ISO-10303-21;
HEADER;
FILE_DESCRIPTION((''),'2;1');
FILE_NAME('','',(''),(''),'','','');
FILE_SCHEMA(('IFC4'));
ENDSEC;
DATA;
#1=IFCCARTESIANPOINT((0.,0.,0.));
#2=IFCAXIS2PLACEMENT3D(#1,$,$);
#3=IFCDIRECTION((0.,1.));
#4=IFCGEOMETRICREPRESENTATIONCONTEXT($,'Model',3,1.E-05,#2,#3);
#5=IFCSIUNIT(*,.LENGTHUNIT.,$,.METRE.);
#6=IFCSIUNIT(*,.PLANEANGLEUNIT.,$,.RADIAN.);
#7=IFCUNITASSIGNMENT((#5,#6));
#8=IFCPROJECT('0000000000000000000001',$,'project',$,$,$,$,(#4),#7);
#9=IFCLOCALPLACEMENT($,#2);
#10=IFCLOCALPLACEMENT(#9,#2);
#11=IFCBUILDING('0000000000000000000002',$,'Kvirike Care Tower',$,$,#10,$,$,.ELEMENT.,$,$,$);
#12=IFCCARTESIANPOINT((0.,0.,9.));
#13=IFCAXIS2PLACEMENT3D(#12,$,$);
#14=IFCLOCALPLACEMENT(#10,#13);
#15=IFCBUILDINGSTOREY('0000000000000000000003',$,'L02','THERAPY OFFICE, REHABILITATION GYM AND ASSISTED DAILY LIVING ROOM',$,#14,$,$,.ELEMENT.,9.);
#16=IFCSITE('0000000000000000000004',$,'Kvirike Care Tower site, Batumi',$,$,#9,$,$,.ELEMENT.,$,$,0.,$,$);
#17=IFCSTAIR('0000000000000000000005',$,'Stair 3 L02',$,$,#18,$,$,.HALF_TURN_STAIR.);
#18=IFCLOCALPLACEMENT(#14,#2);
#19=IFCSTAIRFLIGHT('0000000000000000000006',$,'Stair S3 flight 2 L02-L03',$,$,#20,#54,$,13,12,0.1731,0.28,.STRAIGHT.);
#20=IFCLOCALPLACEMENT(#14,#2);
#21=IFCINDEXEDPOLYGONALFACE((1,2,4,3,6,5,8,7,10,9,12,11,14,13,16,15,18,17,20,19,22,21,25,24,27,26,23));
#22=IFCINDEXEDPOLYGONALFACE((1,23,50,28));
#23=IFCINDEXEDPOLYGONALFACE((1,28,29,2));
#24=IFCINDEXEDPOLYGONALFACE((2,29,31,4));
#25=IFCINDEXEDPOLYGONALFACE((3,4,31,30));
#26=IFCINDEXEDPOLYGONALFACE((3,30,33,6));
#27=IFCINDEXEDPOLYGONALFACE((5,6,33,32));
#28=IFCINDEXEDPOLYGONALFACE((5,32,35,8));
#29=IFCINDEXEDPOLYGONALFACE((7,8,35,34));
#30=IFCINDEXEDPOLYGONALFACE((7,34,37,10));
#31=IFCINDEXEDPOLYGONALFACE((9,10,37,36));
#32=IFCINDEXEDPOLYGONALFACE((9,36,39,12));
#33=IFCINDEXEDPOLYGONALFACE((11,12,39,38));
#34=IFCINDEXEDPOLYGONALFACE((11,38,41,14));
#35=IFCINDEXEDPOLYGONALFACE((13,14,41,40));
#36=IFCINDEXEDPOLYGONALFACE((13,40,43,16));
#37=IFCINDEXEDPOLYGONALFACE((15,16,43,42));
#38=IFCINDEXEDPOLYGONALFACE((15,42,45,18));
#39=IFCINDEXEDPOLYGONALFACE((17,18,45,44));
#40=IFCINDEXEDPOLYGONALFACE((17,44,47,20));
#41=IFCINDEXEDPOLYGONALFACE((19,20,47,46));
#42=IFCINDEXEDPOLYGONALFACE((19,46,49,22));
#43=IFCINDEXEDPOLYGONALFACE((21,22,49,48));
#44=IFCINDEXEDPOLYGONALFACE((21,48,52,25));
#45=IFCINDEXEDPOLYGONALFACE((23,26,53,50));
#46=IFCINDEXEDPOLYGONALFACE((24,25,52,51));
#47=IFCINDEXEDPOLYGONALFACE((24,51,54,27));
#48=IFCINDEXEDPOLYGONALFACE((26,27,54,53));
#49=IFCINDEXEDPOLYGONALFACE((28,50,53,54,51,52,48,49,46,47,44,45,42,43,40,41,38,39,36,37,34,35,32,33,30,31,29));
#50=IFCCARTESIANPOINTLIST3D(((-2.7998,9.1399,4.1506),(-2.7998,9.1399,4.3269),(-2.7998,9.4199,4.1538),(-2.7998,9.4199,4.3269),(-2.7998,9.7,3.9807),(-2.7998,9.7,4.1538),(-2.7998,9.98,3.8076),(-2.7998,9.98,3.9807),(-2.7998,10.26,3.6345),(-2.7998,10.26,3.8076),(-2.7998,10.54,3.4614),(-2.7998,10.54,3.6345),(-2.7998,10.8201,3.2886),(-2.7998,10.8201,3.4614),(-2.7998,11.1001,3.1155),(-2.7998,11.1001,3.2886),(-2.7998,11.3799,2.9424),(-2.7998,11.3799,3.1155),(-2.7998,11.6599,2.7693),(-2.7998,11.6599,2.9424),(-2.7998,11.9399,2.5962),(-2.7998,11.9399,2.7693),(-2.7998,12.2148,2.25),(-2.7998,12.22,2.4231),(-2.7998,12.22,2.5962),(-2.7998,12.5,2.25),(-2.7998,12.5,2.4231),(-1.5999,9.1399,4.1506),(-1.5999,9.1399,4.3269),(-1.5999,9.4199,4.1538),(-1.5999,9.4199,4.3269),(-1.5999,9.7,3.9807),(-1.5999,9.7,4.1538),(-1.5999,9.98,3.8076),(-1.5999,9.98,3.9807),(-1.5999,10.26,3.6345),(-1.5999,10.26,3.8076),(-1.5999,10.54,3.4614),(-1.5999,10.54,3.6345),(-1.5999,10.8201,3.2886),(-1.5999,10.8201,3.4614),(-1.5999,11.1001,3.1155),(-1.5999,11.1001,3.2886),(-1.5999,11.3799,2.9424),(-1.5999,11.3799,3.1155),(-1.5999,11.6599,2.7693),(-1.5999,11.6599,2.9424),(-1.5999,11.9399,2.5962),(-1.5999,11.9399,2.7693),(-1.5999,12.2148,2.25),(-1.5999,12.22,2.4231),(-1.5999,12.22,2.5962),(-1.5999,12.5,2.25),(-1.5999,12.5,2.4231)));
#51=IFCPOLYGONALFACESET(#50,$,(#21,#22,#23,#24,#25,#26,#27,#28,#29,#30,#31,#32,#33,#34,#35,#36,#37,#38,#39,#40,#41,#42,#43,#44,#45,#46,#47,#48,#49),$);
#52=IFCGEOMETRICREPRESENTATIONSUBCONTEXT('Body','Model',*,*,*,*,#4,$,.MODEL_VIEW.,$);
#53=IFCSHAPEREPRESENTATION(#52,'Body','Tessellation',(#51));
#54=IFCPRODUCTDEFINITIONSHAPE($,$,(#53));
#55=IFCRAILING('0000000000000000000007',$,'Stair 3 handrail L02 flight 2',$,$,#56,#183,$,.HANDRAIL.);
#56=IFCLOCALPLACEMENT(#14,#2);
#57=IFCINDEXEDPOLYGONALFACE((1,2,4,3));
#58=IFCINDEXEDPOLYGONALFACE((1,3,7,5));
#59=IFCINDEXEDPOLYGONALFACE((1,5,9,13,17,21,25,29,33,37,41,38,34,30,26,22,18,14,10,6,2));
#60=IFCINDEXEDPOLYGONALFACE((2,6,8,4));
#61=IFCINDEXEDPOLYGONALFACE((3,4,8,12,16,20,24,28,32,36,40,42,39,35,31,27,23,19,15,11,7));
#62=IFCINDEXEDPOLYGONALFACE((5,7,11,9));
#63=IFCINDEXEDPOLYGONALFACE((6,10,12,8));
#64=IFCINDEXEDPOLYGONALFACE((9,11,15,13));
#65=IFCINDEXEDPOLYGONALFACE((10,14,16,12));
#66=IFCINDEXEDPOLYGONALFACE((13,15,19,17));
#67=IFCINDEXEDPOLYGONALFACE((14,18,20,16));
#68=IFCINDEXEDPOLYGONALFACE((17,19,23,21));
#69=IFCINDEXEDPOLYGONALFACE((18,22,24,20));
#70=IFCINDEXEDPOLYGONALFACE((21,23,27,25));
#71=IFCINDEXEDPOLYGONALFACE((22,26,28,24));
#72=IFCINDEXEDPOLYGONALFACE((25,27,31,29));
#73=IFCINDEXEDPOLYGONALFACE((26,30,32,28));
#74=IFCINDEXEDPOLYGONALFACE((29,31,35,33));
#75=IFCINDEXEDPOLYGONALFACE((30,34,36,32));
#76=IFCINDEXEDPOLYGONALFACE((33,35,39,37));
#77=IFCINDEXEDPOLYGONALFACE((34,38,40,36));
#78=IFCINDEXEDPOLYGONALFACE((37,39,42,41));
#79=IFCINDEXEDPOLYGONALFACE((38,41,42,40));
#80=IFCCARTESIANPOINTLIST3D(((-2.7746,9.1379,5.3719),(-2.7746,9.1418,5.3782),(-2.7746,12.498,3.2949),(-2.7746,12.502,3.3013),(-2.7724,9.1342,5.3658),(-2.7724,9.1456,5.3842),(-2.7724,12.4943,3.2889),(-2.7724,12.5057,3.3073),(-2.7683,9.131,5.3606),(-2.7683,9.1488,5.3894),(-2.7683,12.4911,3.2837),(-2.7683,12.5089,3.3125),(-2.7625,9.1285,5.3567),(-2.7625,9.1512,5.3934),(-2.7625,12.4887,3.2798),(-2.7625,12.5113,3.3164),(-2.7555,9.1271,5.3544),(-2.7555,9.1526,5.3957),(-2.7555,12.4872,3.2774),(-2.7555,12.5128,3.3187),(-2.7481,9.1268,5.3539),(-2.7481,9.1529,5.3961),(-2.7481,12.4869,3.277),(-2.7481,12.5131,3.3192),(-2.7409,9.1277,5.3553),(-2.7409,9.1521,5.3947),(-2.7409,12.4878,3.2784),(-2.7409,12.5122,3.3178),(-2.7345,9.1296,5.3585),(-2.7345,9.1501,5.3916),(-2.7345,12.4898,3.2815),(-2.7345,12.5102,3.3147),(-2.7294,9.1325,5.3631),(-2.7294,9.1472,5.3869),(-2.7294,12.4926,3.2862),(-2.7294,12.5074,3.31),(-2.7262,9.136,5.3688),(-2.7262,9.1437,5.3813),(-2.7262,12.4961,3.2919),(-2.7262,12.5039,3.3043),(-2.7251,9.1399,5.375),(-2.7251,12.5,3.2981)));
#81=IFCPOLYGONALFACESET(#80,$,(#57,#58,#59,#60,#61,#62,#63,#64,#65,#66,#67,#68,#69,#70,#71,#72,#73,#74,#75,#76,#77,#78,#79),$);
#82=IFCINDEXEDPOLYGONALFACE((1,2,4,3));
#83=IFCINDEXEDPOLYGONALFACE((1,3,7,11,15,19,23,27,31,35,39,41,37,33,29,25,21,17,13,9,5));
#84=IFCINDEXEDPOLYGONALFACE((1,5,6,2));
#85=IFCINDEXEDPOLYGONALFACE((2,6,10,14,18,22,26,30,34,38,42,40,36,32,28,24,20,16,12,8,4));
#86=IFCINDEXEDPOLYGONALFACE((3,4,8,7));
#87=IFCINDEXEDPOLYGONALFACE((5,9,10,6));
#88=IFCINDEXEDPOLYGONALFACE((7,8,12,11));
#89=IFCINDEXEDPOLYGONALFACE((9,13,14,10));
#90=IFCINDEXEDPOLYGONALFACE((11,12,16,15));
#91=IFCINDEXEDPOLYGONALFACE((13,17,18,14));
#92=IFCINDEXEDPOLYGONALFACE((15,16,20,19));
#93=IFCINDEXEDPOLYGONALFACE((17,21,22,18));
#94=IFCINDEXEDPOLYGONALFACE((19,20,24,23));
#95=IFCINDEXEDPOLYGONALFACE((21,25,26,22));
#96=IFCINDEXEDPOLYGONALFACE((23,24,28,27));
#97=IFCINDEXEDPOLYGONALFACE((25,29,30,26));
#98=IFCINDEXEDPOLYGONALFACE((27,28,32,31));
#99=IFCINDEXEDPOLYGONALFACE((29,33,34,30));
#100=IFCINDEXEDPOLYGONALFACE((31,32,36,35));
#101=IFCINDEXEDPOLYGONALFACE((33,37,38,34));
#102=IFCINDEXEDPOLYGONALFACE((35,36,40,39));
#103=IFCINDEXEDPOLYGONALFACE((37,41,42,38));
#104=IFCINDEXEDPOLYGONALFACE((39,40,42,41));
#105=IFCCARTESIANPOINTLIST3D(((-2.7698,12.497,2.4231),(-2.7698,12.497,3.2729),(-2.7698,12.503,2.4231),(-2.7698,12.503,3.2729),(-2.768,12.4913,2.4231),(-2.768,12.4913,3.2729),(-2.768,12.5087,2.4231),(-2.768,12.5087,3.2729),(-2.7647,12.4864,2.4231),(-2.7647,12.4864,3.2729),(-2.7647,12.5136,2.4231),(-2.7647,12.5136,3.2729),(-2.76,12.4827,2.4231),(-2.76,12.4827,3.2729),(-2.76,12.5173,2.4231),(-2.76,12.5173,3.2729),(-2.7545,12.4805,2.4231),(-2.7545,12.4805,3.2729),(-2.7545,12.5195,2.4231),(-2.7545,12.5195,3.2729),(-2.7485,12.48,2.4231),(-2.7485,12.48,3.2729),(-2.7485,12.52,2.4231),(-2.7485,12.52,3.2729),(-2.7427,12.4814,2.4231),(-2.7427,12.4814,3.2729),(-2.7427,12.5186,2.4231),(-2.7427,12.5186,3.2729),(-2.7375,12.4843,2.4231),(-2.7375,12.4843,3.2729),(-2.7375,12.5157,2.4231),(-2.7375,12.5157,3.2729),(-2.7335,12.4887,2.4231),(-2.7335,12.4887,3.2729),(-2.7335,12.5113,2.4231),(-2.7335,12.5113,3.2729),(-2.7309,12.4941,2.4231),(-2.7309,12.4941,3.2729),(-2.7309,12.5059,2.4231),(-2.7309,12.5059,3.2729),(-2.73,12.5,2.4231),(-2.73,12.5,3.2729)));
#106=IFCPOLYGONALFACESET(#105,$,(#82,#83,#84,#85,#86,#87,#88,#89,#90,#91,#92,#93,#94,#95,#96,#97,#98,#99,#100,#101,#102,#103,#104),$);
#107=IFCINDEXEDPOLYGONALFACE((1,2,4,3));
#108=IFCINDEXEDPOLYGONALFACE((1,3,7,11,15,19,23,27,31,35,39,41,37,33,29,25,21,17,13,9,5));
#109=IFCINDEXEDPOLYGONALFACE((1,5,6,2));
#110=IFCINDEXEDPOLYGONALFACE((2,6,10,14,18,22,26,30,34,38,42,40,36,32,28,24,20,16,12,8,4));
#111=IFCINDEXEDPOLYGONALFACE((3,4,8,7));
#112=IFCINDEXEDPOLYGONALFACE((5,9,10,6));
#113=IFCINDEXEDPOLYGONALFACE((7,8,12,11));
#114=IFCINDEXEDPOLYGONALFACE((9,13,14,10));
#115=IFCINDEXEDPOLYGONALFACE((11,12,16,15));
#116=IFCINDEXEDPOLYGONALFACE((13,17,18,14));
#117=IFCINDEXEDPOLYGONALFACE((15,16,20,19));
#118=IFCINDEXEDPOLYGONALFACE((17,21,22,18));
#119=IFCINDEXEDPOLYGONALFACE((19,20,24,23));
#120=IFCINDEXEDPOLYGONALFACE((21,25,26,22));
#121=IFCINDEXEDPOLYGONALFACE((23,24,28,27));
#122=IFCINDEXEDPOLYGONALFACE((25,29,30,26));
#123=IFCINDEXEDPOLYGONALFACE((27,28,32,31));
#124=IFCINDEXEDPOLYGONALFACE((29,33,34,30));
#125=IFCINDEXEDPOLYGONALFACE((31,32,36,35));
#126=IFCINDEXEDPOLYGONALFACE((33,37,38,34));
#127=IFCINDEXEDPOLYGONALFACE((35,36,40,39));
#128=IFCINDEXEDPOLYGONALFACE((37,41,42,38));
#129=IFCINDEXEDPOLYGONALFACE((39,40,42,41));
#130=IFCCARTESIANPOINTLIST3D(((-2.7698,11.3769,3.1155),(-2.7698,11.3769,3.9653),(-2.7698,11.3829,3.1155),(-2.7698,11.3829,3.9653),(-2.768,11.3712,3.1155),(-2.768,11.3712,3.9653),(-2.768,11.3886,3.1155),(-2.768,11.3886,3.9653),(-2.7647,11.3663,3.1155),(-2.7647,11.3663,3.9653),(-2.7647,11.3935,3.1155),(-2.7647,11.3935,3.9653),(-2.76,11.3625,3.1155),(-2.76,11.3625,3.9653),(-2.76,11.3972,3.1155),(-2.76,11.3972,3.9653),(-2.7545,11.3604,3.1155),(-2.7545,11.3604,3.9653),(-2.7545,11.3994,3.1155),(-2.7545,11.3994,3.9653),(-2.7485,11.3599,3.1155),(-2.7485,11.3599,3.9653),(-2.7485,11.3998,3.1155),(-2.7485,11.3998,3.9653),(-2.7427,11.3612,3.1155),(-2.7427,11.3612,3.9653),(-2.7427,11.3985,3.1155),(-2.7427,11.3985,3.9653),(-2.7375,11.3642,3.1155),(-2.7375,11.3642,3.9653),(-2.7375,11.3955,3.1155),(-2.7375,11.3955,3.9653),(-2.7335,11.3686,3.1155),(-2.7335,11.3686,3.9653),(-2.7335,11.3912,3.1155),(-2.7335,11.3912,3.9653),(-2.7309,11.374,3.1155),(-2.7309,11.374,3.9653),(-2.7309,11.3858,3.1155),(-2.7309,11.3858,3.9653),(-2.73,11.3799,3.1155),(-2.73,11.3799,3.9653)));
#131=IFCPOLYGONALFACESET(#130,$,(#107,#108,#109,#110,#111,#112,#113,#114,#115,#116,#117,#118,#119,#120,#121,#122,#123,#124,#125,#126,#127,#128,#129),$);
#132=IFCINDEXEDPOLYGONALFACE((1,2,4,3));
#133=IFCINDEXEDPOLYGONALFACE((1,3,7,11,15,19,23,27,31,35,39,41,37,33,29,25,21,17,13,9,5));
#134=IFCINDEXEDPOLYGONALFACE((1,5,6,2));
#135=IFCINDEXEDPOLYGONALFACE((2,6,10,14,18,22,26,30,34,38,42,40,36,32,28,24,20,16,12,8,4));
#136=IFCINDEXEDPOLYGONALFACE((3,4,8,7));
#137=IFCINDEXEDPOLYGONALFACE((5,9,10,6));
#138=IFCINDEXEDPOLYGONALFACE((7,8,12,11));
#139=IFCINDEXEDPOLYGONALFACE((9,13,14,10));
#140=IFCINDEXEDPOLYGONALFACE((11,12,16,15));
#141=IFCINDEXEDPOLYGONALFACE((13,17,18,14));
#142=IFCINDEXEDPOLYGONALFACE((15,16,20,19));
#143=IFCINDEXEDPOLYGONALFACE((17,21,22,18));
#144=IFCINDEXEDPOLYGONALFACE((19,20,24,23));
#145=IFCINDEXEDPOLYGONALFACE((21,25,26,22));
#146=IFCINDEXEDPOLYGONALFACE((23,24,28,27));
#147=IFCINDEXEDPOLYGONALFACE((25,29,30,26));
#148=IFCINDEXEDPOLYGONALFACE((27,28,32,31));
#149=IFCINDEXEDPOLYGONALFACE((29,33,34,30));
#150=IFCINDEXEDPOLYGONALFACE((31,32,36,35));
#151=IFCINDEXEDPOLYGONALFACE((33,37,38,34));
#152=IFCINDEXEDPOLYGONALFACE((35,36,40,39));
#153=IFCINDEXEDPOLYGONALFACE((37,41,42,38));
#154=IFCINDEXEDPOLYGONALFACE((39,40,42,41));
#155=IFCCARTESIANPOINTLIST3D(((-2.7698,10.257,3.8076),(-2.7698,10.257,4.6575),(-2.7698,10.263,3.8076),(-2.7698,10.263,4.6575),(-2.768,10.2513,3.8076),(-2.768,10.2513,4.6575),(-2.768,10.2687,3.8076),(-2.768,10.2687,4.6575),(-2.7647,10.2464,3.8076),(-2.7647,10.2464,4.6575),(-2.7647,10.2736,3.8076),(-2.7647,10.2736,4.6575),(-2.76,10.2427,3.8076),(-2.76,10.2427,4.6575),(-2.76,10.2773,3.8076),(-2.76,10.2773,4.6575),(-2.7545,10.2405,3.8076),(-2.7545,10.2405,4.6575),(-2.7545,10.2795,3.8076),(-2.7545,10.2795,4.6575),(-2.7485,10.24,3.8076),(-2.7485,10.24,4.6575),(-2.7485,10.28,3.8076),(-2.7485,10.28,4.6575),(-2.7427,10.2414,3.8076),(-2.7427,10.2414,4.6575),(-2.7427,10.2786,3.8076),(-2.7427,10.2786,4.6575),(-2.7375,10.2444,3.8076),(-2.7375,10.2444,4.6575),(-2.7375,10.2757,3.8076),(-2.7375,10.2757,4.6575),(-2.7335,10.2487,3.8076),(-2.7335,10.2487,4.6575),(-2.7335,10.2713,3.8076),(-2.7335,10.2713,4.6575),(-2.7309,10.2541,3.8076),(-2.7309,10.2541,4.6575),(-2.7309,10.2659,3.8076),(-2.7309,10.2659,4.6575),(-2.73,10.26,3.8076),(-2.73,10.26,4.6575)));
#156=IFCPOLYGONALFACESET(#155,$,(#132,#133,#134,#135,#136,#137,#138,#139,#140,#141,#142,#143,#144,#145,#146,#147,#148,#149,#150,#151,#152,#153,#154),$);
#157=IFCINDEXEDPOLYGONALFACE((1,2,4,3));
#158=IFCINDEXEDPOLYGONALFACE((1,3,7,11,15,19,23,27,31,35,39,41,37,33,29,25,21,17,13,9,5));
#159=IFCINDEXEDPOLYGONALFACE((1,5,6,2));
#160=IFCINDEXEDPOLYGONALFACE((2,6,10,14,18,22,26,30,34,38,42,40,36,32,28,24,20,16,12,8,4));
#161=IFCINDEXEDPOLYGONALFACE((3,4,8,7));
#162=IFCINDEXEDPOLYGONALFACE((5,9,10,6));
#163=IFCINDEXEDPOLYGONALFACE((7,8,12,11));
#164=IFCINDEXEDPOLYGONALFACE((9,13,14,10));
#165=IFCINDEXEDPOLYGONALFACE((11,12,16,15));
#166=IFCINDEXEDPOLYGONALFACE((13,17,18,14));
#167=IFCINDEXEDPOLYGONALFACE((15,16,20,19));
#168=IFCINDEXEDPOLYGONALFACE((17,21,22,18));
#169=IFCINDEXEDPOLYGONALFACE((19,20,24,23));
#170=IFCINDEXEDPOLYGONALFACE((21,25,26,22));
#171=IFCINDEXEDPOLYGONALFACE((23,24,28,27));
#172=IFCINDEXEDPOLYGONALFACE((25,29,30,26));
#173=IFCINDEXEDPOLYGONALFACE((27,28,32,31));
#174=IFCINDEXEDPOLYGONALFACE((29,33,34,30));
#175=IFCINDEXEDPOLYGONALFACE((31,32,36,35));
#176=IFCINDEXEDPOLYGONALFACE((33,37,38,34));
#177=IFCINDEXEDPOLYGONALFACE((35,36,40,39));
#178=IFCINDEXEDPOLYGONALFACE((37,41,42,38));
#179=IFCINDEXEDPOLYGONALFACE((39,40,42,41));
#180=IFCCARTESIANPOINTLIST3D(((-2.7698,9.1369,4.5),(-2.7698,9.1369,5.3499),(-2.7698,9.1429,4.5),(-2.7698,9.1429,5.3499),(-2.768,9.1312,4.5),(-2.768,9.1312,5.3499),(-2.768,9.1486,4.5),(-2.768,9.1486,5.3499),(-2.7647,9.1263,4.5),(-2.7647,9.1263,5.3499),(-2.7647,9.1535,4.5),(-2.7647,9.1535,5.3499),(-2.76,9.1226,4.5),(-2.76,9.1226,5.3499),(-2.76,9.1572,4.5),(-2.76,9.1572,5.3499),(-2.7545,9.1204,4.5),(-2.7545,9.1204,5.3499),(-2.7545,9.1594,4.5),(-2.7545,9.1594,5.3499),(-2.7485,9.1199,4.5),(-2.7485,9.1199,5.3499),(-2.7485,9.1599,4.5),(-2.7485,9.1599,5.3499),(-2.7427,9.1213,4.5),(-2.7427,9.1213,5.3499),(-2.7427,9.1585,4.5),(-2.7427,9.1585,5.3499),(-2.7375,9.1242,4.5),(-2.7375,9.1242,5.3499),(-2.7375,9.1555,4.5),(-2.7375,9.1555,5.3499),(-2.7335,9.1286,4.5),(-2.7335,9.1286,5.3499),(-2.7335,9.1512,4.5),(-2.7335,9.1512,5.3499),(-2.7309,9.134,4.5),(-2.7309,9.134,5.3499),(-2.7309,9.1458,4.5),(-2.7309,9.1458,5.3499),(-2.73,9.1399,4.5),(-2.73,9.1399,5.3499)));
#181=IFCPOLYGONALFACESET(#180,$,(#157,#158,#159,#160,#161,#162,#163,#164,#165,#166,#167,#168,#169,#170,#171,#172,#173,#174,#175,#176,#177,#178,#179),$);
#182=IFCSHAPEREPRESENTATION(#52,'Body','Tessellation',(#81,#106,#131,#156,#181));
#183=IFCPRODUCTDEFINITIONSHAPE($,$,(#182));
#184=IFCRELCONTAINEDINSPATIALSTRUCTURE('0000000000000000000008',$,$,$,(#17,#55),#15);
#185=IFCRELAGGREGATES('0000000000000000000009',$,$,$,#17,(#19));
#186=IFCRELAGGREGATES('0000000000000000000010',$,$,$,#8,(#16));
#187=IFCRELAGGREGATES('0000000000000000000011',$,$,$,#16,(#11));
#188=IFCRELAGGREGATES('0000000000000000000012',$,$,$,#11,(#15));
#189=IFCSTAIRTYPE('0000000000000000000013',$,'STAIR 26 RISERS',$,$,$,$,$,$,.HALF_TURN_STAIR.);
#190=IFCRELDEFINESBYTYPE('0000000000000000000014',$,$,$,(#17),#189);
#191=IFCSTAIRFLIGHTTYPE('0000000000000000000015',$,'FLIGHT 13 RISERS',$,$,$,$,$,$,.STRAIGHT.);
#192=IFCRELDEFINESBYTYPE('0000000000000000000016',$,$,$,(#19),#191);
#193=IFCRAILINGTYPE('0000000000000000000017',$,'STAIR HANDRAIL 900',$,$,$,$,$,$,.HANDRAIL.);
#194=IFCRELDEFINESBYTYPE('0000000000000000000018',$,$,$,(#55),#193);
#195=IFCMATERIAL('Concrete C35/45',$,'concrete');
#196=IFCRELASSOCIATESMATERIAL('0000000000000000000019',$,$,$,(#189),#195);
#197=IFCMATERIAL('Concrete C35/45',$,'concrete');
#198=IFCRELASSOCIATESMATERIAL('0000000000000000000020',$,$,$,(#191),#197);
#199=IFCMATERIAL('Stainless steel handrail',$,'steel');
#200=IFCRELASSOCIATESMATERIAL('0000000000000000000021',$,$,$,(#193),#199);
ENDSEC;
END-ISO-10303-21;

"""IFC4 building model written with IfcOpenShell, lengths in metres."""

from ifc_helpers import new_model, si_unit, direction, frame, origin, origin_2d, place, context, subcontext, project, spatial, polyline, circle, outline, extrude, material, type_object, element, aggregate, save


model = new_model("IFC4")

# Units and contexts
model_context = context("Model", 3, precision=1e-05, world=origin(), true_north=direction((0.0, 1.0)))
body_context = subcontext(model_context, "Body", "Model", "MODEL_VIEW")
ifc_project = project(units=[si_unit("LENGTHUNIT", "METRE"), si_unit("PLANEANGLEUNIT", "RADIAN")], contexts=[model_context])

# Site, building, storey
site_placement = place(None, origin())
site = spatial("IfcSite", under=ifc_project, at=site_placement, Name="Kvirike Care Tower site, Batumi", CompositionType="ELEMENT", RefElevation=0.0)
building_placement = place(site_placement, origin())
building = spatial("IfcBuilding", under=site, at=building_placement, Name="Kvirike Care Tower", CompositionType="ELEMENT")
storey_placement = place(building_placement, frame((0.0, 0.0, 9.0)))
storey = spatial("IfcBuildingStorey", under=building, at=storey_placement, Name="L02", Description="THERAPY OFFICE, REHABILITATION GYM AND ASSISTED DAILY LIVING ROOM", CompositionType="ELEMENT", Elevation=9.0)

# Stair, stair flight
ifc_material_1 = material(Name="Concrete C35/45", Category="concrete")
stair_type = type_object("IfcStairType", Name="STAIR 26 RISERS", PredefinedType="HALF_TURN_STAIR", material=ifc_material_1)
stair_placement = place(storey_placement, origin())
stair = element("IfcStair", 1, at=stair_placement, inside=storey, type_object=stair_type, Name="Stair 3 L02", PredefinedType="HALF_TURN_STAIR")
ifc_material_2 = material(Name="Concrete C35/45", Category="concrete")
stair_flight_type = type_object("IfcStairFlightType", Name="FLIGHT 13 RISERS", PredefinedType="STRAIGHT", material=ifc_material_2)
stair_flight_placement = place(storey_placement, frame((-2.2, 12.5, 2.25), z_axis=(0.0, 0.0, 1.0), x_axis=(0.0, -1.0, 0.0)))
stair_flight = element("IfcStairFlight", 2, at=stair_flight_placement, type_object=stair_flight_type, Name="Stair S3 flight 2 L02-L03", NumberOfRisers=13, NumberOfTreads=12, PredefinedType="STRAIGHT", RiserHeight=0.1731, TreadLength=0.28, context=body_context, shape_type="SweptSolid", body=[
    extrude(outline(polyline([(0.0, 0.0), (0.0, 0.1731), (0.28, 0.1731), (0.28, 0.3462), (0.5601, 0.3462), (0.5601, 0.5193), (0.8401, 0.5193), (0.8401, 0.6924), (1.1201, 0.6924), (1.1201, 0.8655), (1.3999, 0.8655), (1.3999, 1.0386), (1.6799, 1.0386), (1.6799, 1.2114), (1.96, 1.2114), (1.96, 1.3845), (2.24, 1.3845), (2.24, 1.5576), (2.52, 1.5576), (2.52, 1.7307), (2.8, 1.7307), (2.8, 1.9038), (3.0801, 1.9038), (3.0801, 2.0769), (3.3601, 2.0769), (3.3601, 2.25), (3.3601, 1.9006), (0.2852, 0.0), (0.0, 0.0)])), frame((0.0, 0.6001, 0.0), z_axis=(0.0, -1.0, 0.0), x_axis=(1.0, 0.0, 0.0)), (0.0, 0.0, 1.0), 1.2),
])
aggregate(stair, [stair_flight])

# Railing
ifc_material_3 = material(Name="Stainless steel handrail", Category="steel")
railing_type = type_object("IfcRailingType", Name="STAIR HANDRAIL 900", PredefinedType="HANDRAIL", material=ifc_material_3)
railing_placement = place(storey_placement, frame((-2.75, 12.5, 2.4231)))
element("IfcRailing", 3, at=railing_placement, inside=storey, type_object=railing_type, Name="Stair 3 handrail L02 flight 2", PredefinedType="HANDRAIL", context=body_context, shape_type="SweptSolid", body=[
    extrude(circle(Radius=0.0249, at=origin_2d()), frame((0.0, 0.0, 0.875), z_axis=(0.0, -0.850623, 0.525776), x_axis=(1.0, 0.0, 0.0)), (0.0, 0.0, 1.0), 3.9502),
    extrude(circle(Radius=0.02, at=origin_2d()), origin(), (0.0, 0.0, 1.0), 0.8499),
    extrude(circle(Radius=0.02, at=origin_2d()), frame((0.0, -1.1201, 0.6924)), (0.0, 0.0, 1.0), 0.8499),
    extrude(circle(Radius=0.02, at=origin_2d()), frame((0.0, -2.24, 1.3845)), (0.0, 0.0, 1.0), 0.8499),
    extrude(circle(Radius=0.02, at=origin_2d()), frame((0.0, -3.3601, 2.0769)), (0.0, 0.0, 1.0), 0.8499),
])

save(model, "model.ifc")
